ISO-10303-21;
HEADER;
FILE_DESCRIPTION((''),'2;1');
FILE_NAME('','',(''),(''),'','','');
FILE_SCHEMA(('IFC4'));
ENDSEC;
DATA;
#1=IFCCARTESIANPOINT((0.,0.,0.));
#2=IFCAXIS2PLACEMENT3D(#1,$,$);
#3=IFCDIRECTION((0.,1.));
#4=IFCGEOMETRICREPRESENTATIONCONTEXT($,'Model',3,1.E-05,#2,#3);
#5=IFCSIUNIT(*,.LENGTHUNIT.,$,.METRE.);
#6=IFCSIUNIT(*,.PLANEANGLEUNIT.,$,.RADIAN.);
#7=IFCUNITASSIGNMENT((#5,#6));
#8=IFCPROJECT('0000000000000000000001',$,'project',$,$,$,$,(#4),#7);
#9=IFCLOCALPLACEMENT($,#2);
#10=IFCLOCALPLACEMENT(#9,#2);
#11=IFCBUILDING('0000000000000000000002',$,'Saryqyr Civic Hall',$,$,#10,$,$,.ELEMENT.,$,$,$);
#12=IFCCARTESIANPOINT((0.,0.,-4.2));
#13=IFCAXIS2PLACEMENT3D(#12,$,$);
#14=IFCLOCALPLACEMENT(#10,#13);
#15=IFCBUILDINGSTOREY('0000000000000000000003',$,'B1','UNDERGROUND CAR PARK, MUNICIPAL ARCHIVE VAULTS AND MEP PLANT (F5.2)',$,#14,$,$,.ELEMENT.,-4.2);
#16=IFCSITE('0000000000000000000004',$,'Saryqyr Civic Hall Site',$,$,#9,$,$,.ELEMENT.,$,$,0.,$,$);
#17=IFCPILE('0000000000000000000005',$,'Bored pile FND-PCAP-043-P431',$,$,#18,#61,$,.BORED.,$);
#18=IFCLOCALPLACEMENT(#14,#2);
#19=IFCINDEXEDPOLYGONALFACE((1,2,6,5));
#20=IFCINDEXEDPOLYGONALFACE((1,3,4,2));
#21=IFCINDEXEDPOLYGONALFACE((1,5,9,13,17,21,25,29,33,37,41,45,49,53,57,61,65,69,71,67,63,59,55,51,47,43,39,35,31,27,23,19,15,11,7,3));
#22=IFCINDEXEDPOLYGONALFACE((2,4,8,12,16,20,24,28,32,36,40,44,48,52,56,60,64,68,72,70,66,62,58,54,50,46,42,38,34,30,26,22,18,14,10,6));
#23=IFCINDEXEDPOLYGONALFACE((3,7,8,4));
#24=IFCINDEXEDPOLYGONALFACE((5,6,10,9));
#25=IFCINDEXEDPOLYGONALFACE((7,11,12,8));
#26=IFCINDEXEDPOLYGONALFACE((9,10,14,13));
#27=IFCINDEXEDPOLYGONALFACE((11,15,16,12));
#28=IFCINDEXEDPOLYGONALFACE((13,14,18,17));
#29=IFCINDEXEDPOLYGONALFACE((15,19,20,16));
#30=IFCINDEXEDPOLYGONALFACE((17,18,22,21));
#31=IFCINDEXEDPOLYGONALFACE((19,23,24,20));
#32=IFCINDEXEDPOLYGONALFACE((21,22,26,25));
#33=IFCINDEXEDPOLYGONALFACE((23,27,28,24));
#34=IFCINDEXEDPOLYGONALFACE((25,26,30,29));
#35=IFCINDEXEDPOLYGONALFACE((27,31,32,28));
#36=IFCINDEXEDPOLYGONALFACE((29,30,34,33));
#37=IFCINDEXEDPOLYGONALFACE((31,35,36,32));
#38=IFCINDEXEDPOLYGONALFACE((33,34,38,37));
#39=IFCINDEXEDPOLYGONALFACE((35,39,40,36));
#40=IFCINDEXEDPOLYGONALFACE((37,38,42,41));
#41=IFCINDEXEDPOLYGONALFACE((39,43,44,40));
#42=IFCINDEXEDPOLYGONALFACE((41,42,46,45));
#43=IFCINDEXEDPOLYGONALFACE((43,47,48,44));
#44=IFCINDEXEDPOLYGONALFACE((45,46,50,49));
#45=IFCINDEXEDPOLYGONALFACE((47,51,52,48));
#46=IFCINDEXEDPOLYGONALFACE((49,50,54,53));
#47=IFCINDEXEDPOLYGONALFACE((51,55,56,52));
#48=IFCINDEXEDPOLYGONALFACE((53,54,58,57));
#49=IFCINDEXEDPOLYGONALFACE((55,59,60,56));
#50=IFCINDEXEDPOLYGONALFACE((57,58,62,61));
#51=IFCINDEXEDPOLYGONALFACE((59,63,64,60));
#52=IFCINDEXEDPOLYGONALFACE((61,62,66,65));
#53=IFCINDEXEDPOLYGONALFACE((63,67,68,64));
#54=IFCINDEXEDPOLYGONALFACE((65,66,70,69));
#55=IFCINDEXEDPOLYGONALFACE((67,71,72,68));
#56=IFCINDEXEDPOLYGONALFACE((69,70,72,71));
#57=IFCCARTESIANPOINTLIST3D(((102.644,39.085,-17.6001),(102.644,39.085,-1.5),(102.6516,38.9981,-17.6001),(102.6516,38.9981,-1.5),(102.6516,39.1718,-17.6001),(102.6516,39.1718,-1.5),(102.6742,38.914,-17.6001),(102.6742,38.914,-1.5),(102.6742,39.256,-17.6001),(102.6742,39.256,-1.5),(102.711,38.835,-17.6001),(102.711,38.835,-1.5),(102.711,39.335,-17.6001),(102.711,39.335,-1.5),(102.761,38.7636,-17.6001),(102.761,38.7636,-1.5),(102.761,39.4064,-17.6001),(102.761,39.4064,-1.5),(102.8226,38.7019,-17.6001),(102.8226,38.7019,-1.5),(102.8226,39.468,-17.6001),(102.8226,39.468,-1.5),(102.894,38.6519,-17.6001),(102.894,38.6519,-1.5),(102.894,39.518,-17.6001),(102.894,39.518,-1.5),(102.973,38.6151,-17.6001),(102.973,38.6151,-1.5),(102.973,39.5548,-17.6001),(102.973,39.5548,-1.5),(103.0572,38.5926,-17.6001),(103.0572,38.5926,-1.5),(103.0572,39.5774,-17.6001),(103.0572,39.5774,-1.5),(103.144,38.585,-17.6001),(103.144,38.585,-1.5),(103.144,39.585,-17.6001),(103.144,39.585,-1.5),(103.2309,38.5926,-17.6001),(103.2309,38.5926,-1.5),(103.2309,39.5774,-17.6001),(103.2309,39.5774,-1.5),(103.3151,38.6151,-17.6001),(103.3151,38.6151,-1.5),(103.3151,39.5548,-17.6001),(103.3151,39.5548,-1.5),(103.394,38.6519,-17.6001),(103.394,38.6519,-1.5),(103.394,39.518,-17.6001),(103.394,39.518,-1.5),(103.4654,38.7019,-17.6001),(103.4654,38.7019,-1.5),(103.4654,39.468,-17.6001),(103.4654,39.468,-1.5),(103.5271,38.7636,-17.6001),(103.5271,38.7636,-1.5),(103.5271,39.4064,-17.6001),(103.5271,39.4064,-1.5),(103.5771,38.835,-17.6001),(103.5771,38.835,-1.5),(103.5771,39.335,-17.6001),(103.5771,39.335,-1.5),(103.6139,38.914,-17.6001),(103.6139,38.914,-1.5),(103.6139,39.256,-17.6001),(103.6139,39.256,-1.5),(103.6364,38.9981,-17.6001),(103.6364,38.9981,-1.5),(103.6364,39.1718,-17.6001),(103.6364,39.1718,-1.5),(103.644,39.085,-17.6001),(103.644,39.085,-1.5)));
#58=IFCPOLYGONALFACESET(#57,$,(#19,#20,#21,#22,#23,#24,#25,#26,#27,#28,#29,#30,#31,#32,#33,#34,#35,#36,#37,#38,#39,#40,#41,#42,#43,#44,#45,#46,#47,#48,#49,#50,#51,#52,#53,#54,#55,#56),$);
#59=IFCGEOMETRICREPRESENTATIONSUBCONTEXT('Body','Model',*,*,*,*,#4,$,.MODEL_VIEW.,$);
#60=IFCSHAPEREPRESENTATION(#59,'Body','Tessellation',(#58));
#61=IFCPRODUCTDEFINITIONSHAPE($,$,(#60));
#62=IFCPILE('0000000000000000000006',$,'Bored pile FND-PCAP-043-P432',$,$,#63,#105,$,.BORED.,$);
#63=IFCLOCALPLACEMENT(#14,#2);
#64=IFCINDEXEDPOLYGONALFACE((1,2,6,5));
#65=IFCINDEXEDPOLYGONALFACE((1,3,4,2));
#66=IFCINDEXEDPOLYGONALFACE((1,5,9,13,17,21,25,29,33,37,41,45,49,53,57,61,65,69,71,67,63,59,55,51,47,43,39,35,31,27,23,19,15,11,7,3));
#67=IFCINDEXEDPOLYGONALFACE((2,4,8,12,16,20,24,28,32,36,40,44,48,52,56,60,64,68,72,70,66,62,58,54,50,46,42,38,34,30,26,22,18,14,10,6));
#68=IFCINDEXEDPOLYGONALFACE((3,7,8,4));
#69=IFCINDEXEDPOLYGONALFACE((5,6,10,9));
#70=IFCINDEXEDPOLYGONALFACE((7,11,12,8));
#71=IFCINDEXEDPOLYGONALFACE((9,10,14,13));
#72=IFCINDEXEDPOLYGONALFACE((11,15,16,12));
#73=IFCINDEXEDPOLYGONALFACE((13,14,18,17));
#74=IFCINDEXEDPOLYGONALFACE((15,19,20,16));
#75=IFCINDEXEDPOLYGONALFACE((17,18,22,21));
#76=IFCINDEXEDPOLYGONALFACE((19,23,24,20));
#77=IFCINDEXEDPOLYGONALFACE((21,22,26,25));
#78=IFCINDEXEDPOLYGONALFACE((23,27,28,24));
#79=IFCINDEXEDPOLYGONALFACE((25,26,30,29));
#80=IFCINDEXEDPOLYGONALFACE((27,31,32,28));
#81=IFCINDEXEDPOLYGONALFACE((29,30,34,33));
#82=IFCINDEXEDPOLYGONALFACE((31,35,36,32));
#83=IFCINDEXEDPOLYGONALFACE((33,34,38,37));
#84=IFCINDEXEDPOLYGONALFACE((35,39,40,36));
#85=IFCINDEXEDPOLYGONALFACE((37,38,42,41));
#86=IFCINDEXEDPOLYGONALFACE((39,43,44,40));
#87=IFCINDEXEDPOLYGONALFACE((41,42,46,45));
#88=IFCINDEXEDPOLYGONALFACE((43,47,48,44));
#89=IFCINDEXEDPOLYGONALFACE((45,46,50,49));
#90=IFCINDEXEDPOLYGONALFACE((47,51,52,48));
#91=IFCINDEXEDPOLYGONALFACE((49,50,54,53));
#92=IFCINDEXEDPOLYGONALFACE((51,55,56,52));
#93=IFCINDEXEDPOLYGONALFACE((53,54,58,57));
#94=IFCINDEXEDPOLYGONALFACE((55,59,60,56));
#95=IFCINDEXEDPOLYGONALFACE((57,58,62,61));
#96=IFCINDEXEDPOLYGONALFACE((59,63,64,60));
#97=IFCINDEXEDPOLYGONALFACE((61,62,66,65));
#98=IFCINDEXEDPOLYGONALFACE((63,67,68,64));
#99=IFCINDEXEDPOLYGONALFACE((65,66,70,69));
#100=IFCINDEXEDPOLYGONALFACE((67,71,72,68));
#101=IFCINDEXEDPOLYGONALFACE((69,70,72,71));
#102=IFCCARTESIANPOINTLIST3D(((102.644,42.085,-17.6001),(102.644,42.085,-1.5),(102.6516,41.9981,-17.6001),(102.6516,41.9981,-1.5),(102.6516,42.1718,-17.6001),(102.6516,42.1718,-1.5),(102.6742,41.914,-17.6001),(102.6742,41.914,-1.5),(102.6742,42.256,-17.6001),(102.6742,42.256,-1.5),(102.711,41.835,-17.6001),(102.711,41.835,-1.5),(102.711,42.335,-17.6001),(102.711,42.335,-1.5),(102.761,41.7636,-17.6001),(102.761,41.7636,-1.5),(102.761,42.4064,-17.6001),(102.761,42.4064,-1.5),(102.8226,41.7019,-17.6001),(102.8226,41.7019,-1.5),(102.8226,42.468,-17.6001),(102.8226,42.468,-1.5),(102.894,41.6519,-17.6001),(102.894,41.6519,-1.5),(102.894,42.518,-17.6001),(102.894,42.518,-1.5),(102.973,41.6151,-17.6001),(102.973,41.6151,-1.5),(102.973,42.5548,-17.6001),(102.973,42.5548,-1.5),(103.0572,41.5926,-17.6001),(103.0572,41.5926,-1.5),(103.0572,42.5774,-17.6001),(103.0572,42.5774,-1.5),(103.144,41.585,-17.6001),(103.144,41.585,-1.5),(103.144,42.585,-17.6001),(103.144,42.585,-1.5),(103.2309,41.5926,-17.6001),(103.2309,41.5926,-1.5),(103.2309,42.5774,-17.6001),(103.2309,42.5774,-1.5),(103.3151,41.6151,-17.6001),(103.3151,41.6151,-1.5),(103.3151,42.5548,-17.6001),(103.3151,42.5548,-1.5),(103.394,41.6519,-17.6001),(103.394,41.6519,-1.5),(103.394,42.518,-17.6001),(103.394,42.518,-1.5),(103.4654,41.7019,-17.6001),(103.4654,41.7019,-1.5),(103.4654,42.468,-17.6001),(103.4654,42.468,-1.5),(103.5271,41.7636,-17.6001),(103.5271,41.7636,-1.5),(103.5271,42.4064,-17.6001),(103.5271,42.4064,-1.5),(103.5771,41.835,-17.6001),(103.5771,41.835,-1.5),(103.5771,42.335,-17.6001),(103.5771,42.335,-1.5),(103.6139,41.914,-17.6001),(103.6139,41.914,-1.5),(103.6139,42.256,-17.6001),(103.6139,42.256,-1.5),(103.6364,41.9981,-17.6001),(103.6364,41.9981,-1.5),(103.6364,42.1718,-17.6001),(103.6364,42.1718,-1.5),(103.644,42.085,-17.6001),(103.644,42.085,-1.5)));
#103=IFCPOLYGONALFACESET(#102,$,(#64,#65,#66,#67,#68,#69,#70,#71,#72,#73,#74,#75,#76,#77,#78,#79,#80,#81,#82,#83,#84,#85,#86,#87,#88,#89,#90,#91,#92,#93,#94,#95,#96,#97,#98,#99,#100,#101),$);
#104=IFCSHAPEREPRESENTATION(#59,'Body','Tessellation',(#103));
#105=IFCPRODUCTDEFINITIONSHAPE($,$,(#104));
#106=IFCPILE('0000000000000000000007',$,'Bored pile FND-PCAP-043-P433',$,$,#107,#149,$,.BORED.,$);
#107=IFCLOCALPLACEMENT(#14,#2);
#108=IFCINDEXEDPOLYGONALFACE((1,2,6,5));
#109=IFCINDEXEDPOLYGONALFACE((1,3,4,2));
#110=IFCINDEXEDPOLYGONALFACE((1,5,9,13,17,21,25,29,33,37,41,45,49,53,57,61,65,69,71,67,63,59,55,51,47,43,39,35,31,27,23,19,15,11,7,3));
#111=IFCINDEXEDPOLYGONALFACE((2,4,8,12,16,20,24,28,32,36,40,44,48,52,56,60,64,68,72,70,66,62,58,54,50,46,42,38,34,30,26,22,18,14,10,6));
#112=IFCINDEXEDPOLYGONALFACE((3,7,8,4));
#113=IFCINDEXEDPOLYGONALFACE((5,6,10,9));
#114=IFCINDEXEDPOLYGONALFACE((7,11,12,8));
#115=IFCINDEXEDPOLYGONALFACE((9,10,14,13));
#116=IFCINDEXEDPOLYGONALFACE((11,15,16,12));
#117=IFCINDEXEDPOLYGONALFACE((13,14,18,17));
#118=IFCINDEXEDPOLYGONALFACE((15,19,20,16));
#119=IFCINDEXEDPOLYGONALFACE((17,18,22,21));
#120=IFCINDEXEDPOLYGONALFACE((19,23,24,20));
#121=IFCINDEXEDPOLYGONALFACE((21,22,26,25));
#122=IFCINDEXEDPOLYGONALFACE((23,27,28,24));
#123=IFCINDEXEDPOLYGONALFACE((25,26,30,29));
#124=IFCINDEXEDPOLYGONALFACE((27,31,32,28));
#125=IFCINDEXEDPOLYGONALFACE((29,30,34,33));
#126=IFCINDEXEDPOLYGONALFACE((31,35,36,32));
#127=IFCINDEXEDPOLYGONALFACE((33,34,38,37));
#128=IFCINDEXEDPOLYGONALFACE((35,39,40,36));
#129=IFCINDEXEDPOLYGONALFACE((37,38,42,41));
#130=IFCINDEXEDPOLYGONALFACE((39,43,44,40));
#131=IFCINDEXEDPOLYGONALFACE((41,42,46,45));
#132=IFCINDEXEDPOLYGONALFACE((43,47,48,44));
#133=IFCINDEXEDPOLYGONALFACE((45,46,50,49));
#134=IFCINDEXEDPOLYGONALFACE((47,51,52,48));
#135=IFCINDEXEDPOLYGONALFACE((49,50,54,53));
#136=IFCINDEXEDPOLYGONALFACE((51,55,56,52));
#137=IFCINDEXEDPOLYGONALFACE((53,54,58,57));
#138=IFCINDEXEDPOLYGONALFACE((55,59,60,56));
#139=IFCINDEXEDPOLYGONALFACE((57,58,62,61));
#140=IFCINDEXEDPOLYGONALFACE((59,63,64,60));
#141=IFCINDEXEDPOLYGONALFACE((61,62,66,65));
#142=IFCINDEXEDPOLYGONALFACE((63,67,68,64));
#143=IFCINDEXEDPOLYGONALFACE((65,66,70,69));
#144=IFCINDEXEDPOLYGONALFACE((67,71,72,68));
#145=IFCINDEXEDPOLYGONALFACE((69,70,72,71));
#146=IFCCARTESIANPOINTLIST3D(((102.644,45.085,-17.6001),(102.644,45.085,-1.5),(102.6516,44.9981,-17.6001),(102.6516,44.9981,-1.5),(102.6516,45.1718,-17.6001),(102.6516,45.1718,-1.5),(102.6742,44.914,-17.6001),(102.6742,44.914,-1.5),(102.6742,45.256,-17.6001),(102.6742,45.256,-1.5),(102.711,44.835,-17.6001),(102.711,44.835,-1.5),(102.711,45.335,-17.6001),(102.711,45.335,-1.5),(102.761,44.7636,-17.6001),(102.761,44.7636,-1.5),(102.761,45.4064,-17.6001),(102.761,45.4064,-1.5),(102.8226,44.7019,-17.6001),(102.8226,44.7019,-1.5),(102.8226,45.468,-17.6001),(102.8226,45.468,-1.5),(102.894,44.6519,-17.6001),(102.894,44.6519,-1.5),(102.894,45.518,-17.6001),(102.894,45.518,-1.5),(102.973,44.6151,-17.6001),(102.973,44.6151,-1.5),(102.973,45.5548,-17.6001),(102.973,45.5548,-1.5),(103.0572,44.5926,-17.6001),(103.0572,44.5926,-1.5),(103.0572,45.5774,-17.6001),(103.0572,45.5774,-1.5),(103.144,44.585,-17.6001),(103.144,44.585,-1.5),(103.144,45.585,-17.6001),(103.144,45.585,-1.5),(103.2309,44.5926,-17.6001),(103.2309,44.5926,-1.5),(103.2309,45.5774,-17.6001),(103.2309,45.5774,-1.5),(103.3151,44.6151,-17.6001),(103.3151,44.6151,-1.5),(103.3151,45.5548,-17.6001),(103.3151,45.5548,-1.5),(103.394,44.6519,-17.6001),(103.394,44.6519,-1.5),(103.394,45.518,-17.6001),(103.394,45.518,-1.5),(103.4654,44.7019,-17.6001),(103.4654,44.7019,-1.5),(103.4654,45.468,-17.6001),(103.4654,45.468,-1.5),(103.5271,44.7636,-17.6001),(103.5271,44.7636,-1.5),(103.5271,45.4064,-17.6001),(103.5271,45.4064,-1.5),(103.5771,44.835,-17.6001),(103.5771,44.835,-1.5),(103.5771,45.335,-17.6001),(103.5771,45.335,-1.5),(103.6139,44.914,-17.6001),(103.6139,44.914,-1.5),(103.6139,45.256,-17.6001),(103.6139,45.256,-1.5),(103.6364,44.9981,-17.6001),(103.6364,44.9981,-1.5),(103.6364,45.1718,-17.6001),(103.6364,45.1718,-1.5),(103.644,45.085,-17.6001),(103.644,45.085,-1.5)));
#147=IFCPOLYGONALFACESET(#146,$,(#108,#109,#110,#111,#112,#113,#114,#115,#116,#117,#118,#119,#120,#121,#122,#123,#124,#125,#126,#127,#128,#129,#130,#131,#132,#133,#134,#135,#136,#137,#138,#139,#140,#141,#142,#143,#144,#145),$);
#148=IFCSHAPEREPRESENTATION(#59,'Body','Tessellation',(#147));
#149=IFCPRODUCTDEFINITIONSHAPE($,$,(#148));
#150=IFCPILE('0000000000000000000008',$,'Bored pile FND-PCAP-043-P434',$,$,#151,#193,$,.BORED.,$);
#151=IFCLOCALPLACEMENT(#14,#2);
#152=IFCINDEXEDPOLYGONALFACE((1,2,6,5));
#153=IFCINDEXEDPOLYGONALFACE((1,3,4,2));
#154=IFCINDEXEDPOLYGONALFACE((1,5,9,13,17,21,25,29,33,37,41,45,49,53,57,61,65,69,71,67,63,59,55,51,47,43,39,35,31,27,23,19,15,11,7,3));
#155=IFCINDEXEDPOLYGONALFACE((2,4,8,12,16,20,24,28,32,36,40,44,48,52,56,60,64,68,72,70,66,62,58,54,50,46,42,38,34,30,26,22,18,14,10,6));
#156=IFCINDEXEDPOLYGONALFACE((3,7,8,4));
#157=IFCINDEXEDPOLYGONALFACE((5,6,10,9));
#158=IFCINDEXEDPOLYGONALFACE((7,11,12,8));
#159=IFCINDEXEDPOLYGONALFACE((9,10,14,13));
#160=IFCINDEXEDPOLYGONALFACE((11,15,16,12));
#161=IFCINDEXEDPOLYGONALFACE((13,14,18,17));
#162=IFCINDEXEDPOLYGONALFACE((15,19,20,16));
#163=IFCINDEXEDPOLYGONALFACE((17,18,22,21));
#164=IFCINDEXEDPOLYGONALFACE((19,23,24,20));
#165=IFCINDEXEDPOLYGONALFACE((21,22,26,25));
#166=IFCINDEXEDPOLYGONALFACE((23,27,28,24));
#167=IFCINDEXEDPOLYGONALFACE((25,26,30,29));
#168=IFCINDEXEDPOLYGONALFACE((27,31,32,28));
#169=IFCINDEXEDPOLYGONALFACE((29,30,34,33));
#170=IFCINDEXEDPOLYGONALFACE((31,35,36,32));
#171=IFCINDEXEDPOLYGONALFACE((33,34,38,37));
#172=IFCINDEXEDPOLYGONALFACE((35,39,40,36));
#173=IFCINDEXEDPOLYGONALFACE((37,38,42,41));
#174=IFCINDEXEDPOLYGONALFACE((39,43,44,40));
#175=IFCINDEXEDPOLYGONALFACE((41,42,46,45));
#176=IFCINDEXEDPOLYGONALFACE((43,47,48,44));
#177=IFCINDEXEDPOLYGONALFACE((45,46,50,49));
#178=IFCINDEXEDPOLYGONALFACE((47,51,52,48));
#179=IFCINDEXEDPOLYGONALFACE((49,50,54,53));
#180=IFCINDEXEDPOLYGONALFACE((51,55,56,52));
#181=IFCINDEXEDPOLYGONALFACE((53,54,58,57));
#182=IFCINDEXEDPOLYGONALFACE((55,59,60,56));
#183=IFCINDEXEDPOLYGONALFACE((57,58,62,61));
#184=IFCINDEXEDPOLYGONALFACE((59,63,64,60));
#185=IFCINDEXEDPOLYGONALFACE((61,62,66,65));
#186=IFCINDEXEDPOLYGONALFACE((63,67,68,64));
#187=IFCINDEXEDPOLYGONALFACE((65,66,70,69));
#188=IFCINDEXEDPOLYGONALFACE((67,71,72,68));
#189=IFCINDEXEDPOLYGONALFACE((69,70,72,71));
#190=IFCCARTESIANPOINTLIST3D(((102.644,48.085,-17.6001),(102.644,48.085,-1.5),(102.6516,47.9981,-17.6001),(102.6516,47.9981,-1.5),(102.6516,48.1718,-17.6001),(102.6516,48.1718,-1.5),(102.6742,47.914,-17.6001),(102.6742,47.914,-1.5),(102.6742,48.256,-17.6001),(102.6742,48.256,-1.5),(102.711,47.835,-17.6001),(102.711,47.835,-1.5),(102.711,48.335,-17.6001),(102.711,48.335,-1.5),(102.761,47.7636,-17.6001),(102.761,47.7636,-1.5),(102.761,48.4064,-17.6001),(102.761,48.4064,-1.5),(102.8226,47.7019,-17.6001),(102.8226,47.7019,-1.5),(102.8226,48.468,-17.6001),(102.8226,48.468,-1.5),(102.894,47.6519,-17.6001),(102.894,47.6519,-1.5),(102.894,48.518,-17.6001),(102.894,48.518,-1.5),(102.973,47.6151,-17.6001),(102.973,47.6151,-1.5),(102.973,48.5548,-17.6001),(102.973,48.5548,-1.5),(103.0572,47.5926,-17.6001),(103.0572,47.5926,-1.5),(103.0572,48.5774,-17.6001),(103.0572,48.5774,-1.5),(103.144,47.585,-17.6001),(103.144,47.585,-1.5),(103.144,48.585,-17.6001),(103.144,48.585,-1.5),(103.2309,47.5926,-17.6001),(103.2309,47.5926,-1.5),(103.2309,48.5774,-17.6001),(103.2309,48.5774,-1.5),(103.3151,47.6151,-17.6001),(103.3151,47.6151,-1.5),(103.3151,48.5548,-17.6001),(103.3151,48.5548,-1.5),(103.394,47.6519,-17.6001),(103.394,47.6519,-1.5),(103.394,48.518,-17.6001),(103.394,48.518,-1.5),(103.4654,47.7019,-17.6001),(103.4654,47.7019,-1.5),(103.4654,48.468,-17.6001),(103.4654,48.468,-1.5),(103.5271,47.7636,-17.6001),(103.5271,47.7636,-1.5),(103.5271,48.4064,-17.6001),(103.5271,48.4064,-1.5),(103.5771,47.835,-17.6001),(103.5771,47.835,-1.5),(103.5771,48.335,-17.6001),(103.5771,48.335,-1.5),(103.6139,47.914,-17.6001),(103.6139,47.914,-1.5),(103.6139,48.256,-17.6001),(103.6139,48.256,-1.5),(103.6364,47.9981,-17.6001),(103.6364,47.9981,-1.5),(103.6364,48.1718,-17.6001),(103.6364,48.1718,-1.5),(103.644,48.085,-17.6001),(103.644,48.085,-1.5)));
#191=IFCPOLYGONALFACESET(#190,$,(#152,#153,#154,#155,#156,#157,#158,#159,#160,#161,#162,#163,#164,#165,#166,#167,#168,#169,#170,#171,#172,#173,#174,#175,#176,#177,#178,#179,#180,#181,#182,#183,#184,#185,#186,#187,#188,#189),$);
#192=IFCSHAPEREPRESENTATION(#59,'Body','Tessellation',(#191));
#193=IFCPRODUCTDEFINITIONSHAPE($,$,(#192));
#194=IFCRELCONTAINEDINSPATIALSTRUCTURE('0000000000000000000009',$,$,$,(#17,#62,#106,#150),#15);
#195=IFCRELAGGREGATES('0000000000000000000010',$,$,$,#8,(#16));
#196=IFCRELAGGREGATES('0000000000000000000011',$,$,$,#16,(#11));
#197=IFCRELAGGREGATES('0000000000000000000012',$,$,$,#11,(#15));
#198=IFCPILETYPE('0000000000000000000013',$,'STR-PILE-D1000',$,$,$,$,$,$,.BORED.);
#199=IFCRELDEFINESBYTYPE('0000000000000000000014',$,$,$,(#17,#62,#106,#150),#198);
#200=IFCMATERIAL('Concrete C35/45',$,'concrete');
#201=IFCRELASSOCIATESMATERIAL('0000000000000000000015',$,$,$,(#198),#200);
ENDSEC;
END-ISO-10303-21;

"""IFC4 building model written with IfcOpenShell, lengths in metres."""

from ifc_helpers import new_model, si_unit, direction, frame, origin, origin_2d, place, context, subcontext, project, spatial, circle, extrude, material, material_profile, profile_set, type_object, element, save


model = new_model("IFC4")

# Units and contexts
model_context = context("Model", 3, precision=1e-05, world=origin(), true_north=direction((0.0, 1.0)))
body_context = subcontext(model_context, "Body", "Model", "MODEL_VIEW")
ifc_project = project(units=[si_unit("LENGTHUNIT", "METRE"), si_unit("PLANEANGLEUNIT", "RADIAN")], contexts=[model_context])

# Site, building, storey
site_placement = place(None, origin())
site = spatial("IfcSite", under=ifc_project, at=site_placement, Name="Saryqyr Civic Hall Site", CompositionType="ELEMENT", RefElevation=0.0)
building_placement = place(site_placement, origin())
building = spatial("IfcBuilding", under=site, at=building_placement, Name="Saryqyr Civic Hall", CompositionType="ELEMENT")
storey_placement = place(building_placement, frame((0.0, 0.0, -4.2)))
storey = spatial("IfcBuildingStorey", under=building, at=storey_placement, Name="B1", Description="UNDERGROUND CAR PARK, MUNICIPAL ARCHIVE VAULTS AND MEP PLANT (F5.2)", CompositionType="ELEMENT", Elevation=-4.2)

# Shared definitions
ifc_material_1 = material(Name="Concrete C35/45", Category="concrete")

# Piles
ifc_material_profile_1 = material_profile(ifc_material_1, circle(Radius=0.5, at=origin_2d()), Name="BORED PILE D1000")
ifc_profile_set_1 = profile_set([ifc_material_profile_1], Name="Concrete C35/45")
pile_type_1 = type_object("IfcPileType", Name="STR-PILE-D1000", PredefinedType="BORED", material=ifc_profile_set_1)
for number, where, z_axis, x_axis, name in (
    (1, (103.144, 39.085, -1.5), (0.0, 0.0, -1.0), (1.0, 0.0, 0.0), "Bored pile FND-PCAP-043-P431"),
    (2, (103.144, 42.085, -1.5), (0.0, 0.0, -1.0), (1.0, 0.0, 0.0), "Bored pile FND-PCAP-043-P432"),
    (3, (103.144, 45.085, -1.5), (0.0, 0.0, -1.0), (1.0, 0.0, 0.0), "Bored pile FND-PCAP-043-P433"),
    (4, (103.144, 48.085, -1.5), (0.0, 0.0, -1.0), (1.0, 0.0, 0.0), "Bored pile FND-PCAP-043-P434"),
):
    element("IfcPile", number, at=place(storey_placement, frame(where, z_axis=z_axis, x_axis=x_axis)), inside=storey, type_object=pile_type_1, Name=name, PredefinedType="BORED", context=body_context, shape_type="SweptSolid", body=[
        extrude(circle(Radius=0.5, at=origin_2d()), origin(), (0.0, 0.0, 1.0), 16.1001),
    ])

save(model, "model.ifc")
